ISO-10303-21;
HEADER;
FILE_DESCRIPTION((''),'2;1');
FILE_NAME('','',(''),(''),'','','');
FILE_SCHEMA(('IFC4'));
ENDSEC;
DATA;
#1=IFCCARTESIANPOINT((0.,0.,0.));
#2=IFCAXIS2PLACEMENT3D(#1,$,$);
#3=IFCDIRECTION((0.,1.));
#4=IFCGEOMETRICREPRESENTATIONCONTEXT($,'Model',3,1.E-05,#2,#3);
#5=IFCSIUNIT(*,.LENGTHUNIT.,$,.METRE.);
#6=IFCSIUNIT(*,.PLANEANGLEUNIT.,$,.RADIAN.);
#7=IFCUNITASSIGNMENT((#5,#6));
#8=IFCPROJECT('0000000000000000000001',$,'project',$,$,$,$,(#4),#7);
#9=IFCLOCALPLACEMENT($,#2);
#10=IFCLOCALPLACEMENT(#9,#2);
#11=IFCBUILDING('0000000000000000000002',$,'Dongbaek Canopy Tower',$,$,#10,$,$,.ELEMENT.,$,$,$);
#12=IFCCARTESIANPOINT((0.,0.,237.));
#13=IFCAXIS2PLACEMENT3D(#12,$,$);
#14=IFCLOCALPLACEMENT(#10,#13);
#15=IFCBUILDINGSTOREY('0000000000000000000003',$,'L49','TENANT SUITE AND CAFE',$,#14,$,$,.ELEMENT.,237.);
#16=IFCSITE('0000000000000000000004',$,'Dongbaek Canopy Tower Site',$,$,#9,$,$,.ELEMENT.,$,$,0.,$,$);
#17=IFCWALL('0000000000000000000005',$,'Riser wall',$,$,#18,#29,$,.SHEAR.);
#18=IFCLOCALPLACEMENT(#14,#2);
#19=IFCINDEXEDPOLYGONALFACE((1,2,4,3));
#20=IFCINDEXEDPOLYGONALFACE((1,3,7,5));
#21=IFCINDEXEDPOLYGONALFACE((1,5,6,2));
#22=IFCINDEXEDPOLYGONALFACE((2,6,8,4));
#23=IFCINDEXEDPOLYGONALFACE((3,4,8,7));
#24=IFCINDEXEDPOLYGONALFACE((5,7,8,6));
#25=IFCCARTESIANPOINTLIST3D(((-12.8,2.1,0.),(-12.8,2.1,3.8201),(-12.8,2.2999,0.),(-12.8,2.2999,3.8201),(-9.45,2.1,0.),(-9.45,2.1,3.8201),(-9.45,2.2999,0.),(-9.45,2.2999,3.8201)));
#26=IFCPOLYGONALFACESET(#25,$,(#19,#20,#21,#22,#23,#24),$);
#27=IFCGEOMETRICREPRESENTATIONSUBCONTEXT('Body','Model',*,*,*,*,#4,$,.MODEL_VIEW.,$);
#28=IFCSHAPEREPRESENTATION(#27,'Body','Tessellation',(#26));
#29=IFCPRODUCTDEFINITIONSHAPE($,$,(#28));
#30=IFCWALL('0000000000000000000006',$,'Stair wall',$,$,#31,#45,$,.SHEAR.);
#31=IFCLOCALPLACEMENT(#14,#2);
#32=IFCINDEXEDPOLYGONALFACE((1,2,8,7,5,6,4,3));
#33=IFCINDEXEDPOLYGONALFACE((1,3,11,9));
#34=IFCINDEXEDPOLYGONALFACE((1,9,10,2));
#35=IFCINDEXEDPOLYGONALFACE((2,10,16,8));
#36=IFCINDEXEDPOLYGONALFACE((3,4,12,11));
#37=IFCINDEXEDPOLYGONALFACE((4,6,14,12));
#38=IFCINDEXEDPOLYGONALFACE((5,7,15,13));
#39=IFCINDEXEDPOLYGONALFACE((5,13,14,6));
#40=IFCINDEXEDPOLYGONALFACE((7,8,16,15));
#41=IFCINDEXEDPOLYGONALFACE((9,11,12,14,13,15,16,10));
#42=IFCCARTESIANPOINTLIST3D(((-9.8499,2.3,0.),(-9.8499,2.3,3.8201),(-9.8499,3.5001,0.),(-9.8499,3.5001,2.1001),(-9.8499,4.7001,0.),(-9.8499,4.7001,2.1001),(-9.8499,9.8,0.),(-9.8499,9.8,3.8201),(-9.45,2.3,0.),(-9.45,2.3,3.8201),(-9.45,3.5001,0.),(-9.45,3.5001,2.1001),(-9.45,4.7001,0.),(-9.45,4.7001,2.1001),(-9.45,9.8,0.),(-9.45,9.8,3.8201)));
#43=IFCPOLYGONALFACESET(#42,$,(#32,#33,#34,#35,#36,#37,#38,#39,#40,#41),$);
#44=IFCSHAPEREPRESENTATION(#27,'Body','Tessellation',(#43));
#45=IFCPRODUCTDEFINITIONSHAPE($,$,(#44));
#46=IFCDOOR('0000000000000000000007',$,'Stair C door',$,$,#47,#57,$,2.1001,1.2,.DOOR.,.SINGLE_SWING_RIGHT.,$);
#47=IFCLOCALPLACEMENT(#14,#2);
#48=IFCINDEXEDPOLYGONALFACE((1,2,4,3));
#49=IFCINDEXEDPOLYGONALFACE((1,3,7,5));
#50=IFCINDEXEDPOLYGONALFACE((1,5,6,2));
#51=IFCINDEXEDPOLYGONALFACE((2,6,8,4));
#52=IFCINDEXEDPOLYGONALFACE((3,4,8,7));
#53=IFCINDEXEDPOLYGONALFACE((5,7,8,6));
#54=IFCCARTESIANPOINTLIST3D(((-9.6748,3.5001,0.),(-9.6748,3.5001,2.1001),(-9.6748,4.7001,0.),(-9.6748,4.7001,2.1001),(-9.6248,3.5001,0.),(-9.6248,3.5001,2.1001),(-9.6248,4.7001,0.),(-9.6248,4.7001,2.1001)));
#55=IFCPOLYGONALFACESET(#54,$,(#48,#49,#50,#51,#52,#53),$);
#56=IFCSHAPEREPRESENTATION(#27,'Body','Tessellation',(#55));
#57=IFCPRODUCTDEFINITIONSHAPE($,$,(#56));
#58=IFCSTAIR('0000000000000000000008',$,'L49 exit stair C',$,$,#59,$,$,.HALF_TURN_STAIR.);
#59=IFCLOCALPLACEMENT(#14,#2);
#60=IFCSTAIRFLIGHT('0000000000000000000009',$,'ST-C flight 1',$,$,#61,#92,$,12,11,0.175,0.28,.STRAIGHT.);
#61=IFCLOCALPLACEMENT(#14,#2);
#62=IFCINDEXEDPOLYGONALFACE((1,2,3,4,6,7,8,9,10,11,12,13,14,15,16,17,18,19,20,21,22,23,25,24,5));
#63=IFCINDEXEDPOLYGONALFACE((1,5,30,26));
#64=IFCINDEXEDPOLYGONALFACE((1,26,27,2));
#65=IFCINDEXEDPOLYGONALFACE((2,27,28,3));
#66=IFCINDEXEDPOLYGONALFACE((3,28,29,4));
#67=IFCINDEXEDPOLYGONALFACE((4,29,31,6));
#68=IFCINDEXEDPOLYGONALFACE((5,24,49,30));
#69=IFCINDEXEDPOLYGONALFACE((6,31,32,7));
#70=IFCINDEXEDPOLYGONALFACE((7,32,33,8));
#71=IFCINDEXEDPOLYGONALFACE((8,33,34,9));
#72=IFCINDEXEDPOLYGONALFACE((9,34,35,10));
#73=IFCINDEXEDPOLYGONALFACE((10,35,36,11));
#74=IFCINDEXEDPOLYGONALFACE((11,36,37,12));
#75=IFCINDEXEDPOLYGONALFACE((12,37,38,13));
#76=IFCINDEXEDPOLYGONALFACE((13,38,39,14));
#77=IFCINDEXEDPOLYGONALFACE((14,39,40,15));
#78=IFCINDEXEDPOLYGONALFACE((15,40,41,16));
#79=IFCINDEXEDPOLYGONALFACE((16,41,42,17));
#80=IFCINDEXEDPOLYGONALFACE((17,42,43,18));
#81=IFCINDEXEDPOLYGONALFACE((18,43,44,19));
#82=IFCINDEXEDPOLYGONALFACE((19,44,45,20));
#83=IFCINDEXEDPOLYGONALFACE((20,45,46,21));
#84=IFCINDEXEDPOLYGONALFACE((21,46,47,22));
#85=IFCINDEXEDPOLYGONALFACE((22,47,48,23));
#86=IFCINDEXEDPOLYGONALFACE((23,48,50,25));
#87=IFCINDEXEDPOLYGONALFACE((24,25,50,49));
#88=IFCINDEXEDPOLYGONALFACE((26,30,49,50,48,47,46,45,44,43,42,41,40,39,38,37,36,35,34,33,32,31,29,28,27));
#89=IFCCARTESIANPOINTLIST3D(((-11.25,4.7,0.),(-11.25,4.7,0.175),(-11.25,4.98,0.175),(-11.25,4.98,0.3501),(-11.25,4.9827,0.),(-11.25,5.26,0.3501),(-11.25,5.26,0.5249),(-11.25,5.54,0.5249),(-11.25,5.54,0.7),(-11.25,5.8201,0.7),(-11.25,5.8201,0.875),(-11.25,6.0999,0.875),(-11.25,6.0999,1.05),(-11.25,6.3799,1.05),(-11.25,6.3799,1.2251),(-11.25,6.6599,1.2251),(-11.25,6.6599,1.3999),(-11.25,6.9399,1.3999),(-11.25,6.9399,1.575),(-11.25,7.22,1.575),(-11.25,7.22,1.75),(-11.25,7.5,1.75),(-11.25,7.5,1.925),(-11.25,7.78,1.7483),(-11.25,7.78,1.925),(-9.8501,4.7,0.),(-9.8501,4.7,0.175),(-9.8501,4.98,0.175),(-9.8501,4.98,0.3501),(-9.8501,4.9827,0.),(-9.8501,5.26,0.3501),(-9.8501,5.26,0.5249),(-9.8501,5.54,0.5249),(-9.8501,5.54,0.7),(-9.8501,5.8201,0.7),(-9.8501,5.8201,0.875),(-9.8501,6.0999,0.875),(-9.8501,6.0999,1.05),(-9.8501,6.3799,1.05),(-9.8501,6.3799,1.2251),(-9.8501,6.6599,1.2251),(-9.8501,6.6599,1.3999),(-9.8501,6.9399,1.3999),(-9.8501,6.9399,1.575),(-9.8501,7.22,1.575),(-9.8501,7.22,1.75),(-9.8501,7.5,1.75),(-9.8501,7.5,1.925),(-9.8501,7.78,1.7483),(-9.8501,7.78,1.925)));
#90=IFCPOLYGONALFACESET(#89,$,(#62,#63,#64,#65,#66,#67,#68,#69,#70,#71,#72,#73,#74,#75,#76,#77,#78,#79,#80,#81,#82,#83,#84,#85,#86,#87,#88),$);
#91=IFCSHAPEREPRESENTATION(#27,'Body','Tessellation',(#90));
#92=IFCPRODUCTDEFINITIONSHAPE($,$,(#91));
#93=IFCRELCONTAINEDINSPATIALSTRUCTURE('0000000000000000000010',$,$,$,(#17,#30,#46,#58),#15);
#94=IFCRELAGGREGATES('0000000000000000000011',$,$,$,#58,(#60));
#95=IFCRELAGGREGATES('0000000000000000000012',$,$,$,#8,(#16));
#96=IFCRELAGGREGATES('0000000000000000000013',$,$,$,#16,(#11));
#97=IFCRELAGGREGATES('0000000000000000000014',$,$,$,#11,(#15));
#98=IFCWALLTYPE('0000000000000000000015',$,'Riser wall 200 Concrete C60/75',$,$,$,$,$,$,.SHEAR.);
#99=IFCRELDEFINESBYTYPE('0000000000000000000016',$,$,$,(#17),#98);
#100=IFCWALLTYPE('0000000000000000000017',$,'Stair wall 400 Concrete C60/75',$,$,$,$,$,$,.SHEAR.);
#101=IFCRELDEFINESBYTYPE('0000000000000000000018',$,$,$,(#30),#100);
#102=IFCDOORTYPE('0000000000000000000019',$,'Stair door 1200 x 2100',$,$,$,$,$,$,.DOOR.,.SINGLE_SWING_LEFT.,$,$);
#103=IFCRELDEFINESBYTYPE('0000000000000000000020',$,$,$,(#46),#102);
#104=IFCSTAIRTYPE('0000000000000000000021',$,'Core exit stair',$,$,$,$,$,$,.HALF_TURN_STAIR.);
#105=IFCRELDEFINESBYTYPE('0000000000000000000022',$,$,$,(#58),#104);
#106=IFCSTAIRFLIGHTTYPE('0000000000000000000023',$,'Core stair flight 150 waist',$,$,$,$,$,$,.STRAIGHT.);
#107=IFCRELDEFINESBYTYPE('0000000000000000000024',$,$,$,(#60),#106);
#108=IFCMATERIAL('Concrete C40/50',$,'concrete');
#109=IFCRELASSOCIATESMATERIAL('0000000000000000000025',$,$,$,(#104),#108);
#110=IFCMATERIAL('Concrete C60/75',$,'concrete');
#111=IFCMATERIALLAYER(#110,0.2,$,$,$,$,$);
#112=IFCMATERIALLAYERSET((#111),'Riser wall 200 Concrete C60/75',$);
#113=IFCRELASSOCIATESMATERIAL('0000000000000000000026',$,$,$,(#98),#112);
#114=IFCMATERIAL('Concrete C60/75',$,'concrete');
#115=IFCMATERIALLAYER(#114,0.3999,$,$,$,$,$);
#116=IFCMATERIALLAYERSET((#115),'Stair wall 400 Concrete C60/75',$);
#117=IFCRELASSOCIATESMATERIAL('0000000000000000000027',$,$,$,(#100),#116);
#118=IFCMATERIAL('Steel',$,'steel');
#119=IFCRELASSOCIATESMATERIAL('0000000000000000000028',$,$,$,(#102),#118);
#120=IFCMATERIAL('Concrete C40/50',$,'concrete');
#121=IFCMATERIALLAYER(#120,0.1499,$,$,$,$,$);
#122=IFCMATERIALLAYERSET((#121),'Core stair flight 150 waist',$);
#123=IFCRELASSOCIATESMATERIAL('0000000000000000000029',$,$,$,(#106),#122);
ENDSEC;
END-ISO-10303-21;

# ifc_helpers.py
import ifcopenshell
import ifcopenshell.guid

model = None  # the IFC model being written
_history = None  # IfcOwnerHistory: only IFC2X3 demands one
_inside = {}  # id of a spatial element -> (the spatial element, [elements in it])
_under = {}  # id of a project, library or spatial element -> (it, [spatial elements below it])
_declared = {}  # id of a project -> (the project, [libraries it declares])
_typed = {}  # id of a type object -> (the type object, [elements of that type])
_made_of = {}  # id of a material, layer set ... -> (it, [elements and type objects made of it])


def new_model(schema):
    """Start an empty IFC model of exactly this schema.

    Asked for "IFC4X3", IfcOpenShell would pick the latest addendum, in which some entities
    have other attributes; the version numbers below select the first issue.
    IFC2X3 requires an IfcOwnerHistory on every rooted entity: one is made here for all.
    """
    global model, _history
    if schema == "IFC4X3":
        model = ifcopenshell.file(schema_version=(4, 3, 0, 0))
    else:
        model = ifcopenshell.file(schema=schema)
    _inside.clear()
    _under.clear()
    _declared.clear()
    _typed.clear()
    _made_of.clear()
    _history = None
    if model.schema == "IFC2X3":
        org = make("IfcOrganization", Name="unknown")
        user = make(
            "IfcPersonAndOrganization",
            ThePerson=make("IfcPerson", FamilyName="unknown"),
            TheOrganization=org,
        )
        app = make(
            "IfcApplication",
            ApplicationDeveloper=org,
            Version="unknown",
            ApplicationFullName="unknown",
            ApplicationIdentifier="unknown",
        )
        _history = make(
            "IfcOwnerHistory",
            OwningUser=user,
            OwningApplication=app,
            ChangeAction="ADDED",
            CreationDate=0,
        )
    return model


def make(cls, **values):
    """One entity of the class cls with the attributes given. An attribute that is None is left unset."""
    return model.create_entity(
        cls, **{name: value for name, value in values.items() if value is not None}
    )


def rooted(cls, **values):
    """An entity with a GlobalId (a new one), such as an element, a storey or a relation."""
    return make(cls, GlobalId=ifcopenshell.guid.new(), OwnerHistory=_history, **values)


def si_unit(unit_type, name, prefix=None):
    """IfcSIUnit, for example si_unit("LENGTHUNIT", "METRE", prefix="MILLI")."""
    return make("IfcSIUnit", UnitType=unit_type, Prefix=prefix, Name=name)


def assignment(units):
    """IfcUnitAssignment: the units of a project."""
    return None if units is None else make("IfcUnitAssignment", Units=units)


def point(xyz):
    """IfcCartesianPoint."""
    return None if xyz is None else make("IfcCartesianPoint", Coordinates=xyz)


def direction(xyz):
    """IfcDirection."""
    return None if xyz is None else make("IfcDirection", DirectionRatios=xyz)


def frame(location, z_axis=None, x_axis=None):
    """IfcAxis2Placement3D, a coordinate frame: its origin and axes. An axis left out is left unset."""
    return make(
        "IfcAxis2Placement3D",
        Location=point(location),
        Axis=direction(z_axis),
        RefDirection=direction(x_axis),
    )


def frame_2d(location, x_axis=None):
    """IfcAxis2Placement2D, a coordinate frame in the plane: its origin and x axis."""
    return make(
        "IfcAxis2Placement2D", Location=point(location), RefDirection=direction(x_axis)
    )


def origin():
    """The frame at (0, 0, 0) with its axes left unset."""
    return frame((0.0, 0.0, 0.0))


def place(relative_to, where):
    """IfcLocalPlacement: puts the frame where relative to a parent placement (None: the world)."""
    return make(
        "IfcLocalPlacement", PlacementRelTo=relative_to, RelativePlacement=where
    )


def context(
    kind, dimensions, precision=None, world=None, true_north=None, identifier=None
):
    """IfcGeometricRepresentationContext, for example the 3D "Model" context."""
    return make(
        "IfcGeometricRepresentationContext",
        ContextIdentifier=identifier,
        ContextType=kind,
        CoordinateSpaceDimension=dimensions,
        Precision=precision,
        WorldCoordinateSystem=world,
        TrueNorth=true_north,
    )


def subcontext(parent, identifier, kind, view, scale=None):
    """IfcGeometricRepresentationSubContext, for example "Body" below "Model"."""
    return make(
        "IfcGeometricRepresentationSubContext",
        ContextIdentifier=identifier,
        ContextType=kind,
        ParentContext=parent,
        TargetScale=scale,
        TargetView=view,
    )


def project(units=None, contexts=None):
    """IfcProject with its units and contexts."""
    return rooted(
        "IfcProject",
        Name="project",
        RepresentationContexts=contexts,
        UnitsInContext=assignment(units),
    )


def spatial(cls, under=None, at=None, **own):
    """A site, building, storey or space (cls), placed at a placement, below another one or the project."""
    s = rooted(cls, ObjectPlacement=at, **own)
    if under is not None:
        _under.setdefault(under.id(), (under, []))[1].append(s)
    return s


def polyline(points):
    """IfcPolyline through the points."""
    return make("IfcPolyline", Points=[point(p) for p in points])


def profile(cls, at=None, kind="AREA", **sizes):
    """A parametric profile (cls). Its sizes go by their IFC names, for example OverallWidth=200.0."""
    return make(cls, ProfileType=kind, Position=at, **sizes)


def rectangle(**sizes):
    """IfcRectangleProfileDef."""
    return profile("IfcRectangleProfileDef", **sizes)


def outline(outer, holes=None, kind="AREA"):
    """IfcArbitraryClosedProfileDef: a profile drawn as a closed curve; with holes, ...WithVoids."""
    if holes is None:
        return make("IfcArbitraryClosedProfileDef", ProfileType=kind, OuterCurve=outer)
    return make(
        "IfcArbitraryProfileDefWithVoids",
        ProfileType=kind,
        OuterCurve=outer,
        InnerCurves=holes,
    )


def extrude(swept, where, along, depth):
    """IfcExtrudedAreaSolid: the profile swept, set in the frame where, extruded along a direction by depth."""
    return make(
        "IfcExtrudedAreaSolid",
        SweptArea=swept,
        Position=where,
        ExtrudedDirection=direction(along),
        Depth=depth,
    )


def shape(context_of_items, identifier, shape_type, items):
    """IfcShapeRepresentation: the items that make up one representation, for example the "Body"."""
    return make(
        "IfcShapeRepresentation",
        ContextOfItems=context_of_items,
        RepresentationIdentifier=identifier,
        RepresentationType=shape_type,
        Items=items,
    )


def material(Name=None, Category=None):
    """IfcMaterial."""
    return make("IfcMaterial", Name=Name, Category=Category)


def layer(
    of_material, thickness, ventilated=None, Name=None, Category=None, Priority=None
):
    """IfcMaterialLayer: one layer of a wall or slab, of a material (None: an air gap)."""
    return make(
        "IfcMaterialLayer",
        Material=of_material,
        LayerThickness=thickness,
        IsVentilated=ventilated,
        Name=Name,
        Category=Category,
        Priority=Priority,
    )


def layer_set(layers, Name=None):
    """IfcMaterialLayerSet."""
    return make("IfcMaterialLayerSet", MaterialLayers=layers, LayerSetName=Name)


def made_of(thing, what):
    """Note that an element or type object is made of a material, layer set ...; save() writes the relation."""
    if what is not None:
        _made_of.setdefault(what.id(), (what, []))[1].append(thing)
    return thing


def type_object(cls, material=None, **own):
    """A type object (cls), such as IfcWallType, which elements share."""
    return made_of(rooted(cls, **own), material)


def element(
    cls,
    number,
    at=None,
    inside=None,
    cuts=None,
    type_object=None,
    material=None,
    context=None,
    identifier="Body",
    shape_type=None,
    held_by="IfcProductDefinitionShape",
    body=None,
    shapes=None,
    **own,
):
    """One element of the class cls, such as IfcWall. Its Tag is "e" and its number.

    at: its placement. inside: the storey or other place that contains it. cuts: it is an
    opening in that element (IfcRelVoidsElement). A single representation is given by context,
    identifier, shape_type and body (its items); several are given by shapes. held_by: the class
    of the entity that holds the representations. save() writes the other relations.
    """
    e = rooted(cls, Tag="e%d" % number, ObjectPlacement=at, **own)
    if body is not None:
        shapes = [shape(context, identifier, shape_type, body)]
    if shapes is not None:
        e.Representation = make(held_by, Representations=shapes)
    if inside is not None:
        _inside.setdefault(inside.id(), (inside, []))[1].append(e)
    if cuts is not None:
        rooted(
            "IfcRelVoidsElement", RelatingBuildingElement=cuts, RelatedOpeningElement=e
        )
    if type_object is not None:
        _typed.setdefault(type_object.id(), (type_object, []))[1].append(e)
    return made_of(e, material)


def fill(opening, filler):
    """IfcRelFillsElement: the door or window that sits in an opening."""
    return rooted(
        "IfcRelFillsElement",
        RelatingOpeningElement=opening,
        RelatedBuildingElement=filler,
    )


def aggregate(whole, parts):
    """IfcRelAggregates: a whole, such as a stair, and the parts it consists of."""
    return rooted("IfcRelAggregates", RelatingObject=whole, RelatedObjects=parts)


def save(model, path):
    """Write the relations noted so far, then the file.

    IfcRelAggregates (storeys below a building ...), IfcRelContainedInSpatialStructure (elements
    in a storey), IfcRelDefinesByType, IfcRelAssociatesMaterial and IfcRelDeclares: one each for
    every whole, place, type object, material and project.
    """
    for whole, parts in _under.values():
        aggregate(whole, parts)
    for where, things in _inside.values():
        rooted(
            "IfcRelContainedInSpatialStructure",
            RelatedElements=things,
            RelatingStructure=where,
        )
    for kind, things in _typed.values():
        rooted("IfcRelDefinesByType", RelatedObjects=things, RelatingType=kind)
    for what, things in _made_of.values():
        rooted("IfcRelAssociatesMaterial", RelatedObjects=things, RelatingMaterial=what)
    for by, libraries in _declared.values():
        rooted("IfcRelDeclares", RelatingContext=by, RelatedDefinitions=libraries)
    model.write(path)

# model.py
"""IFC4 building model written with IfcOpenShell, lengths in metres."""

from ifc_helpers import new_model, si_unit, direction, frame, frame_2d, origin, place, context, subcontext, project, spatial, polyline, rectangle, outline, extrude, material, layer, layer_set, type_object, element, fill, aggregate, save


model = new_model("IFC4")

# Units and contexts
model_context = context("Model", 3, precision=1e-05, world=origin(), true_north=direction((0.0, 1.0)))
body_context = subcontext(model_context, "Body", "Model", "MODEL_VIEW")
ifc_project = project(units=[si_unit("LENGTHUNIT", "METRE"), si_unit("PLANEANGLEUNIT", "RADIAN")], contexts=[model_context])

# Site, building, storey
site_placement = place(None, origin())
site = spatial("IfcSite", under=ifc_project, at=site_placement, Name="Dongbaek Canopy Tower Site", CompositionType="ELEMENT", RefElevation=0.0)
building_placement = place(site_placement, origin())
building = spatial("IfcBuilding", under=site, at=building_placement, Name="Dongbaek Canopy Tower", CompositionType="ELEMENT")
storey_placement = place(building_placement, frame((0.0, 0.0, 237.0)))
storey = spatial("IfcBuildingStorey", under=building, at=storey_placement, Name="L49", Description="TENANT SUITE AND CAFE", CompositionType="ELEMENT", Elevation=237.0)

# Shared definitions
ifc_material_1 = material(Name="Concrete C40/50", Category="concrete")
stair_type = type_object("IfcStairType", Name="Core exit stair", PredefinedType="HALF_TURN_STAIR", material=ifc_material_1)

# Wall
ifc_material_2 = material(Name="Concrete C60/75", Category="concrete")
ifc_layer_1 = layer(ifc_material_2, 0.2)
ifc_layer_set_1 = layer_set([ifc_layer_1], Name="Riser wall 200 Concrete C60/75")
wall_type_1 = type_object("IfcWallType", Name="Riser wall 200 Concrete C60/75", PredefinedType="SHEAR", material=ifc_layer_set_1)
wall_1_placement = place(storey_placement, frame((-9.45, 2.2, 0.0), z_axis=(0.0, 0.0, 1.0), x_axis=(-1.0, 0.0, 0.0)))
element("IfcWall", 1, at=wall_1_placement, inside=storey, type_object=wall_type_1, Name="Riser wall", PredefinedType="SHEAR", context=body_context, shape_type="SweptSolid", body=[
    extrude(rectangle(XDim=3.3501, YDim=0.2, at=frame_2d((1.675, 0.0))), origin(), (0.0, 0.0, 1.0), 3.8201),
])

# Wall, opening, door
ifc_material_3 = material(Name="Concrete C60/75", Category="concrete")
ifc_layer_2 = layer(ifc_material_3, 0.3999)
ifc_layer_set_2 = layer_set([ifc_layer_2], Name="Stair wall 400 Concrete C60/75")
wall_type_2 = type_object("IfcWallType", Name="Stair wall 400 Concrete C60/75", PredefinedType="SHEAR", material=ifc_layer_set_2)
wall_2_placement = place(storey_placement, frame((-9.6499, 2.3, 0.0), z_axis=(0.0, 0.0, 1.0), x_axis=(0.0, 1.0, 0.0)))
wall_2 = element("IfcWall", 2, at=wall_2_placement, inside=storey, type_object=wall_type_2, Name="Stair wall", PredefinedType="SHEAR", context=body_context, shape_type="SweptSolid", body=[
    extrude(rectangle(XDim=7.5, YDim=0.3999, at=frame_2d((3.75, 0.0))), origin(), (0.0, 0.0, 1.0), 3.8201),
])
opening_1_placement = place(wall_2_placement, frame((1.2, 0.0, 0.0)))
opening_1 = element("IfcOpeningElement", 3, at=opening_1_placement, cuts=wall_2, PredefinedType="OPENING", context=body_context, shape_type="SweptSolid", body=[
    extrude(rectangle(XDim=1.2, YDim=2.1001, at=frame_2d((0.6001, 1.05))), frame((0.0, 0.21, 0.0), z_axis=(0.0, -1.0, 0.0), x_axis=(1.0, 0.0, 0.0)), (0.0, 0.0, 1.0), 0.4199),
])
ifc_material_4 = material(Name="Steel", Category="steel")
door_type_1 = type_object("IfcDoorType", Name="Stair door 1200 x 2100", OperationType="SINGLE_SWING_LEFT", PredefinedType="DOOR", material=ifc_material_4)
door_1_placement = place(opening_1_placement, origin())
door_1 = element("IfcDoor", 4, at=door_1_placement, inside=storey, type_object=door_type_1, Name="Stair C door", OperationType="SINGLE_SWING_RIGHT", OverallHeight=2.1001, OverallWidth=1.2, PredefinedType="DOOR", context=body_context, shape_type="SweptSolid", body=[
    extrude(rectangle(XDim=1.2, YDim=2.1001, at=frame_2d((0.6001, 1.05))), frame((0.0, 0.0249, 0.0), z_axis=(0.0, -1.0, 0.0), x_axis=(1.0, 0.0, 0.0)), (0.0, 0.0, 1.0), 0.05),
])
fill(opening_1, door_1)

# Stair, stair flight
stair_1_placement = place(storey_placement, origin())
stair_1 = element("IfcStair", 5, at=stair_1_placement, inside=storey, type_object=stair_type, Name="L49 exit stair C", PredefinedType="HALF_TURN_STAIR")
ifc_material_5 = material(Name="Concrete C40/50", Category="concrete")
ifc_layer_3 = layer(ifc_material_5, 0.1499)
ifc_layer_set_3 = layer_set([ifc_layer_3], Name="Core stair flight 150 waist")
stair_flight_type = type_object("IfcStairFlightType", Name="Core stair flight 150 waist", PredefinedType="STRAIGHT", material=ifc_layer_set_3)
stair_flight_placement = place(storey_placement, frame((-10.55, 4.7, 0.0), z_axis=(0.0, 0.0, 1.0), x_axis=(0.0, 1.0, 0.0)))
stair_flight = element("IfcStairFlight", 6, at=stair_flight_placement, type_object=stair_flight_type, Name="ST-C flight 1", NumberOfRisers=12, NumberOfTreads=11, PredefinedType="STRAIGHT", RiserHeight=0.175, TreadLength=0.28, context=body_context, shape_type="SweptSolid", body=[
    extrude(outline(polyline([(0.0, 0.0), (0.0, 0.175), (0.28, 0.175), (0.28, 0.3501), (0.5601, 0.3501), (0.5601, 0.5249), (0.8401, 0.5249), (0.8401, 0.7), (1.1201, 0.7), (1.1201, 0.875), (1.3999, 0.875), (1.3999, 1.05), (1.6799, 1.05), (1.6799, 1.2251), (1.96, 1.2251), (1.96, 1.3999), (2.24, 1.3999), (2.24, 1.575), (2.52, 1.575), (2.52, 1.75), (2.8, 1.75), (2.8, 1.925), (3.0801, 1.925), (3.0801, 2.1001), (3.0801, 1.7483), (0.2827, 0.0), (0.0, 0.0)])), frame((0.0, 0.7, 0.0), z_axis=(0.0, -1.0, 0.0), x_axis=(1.0, 0.0, 0.0)), (0.0, 0.0, 1.0), 1.3999),
])
aggregate(stair_1, [stair_flight])

save(model, "model.ifc")
